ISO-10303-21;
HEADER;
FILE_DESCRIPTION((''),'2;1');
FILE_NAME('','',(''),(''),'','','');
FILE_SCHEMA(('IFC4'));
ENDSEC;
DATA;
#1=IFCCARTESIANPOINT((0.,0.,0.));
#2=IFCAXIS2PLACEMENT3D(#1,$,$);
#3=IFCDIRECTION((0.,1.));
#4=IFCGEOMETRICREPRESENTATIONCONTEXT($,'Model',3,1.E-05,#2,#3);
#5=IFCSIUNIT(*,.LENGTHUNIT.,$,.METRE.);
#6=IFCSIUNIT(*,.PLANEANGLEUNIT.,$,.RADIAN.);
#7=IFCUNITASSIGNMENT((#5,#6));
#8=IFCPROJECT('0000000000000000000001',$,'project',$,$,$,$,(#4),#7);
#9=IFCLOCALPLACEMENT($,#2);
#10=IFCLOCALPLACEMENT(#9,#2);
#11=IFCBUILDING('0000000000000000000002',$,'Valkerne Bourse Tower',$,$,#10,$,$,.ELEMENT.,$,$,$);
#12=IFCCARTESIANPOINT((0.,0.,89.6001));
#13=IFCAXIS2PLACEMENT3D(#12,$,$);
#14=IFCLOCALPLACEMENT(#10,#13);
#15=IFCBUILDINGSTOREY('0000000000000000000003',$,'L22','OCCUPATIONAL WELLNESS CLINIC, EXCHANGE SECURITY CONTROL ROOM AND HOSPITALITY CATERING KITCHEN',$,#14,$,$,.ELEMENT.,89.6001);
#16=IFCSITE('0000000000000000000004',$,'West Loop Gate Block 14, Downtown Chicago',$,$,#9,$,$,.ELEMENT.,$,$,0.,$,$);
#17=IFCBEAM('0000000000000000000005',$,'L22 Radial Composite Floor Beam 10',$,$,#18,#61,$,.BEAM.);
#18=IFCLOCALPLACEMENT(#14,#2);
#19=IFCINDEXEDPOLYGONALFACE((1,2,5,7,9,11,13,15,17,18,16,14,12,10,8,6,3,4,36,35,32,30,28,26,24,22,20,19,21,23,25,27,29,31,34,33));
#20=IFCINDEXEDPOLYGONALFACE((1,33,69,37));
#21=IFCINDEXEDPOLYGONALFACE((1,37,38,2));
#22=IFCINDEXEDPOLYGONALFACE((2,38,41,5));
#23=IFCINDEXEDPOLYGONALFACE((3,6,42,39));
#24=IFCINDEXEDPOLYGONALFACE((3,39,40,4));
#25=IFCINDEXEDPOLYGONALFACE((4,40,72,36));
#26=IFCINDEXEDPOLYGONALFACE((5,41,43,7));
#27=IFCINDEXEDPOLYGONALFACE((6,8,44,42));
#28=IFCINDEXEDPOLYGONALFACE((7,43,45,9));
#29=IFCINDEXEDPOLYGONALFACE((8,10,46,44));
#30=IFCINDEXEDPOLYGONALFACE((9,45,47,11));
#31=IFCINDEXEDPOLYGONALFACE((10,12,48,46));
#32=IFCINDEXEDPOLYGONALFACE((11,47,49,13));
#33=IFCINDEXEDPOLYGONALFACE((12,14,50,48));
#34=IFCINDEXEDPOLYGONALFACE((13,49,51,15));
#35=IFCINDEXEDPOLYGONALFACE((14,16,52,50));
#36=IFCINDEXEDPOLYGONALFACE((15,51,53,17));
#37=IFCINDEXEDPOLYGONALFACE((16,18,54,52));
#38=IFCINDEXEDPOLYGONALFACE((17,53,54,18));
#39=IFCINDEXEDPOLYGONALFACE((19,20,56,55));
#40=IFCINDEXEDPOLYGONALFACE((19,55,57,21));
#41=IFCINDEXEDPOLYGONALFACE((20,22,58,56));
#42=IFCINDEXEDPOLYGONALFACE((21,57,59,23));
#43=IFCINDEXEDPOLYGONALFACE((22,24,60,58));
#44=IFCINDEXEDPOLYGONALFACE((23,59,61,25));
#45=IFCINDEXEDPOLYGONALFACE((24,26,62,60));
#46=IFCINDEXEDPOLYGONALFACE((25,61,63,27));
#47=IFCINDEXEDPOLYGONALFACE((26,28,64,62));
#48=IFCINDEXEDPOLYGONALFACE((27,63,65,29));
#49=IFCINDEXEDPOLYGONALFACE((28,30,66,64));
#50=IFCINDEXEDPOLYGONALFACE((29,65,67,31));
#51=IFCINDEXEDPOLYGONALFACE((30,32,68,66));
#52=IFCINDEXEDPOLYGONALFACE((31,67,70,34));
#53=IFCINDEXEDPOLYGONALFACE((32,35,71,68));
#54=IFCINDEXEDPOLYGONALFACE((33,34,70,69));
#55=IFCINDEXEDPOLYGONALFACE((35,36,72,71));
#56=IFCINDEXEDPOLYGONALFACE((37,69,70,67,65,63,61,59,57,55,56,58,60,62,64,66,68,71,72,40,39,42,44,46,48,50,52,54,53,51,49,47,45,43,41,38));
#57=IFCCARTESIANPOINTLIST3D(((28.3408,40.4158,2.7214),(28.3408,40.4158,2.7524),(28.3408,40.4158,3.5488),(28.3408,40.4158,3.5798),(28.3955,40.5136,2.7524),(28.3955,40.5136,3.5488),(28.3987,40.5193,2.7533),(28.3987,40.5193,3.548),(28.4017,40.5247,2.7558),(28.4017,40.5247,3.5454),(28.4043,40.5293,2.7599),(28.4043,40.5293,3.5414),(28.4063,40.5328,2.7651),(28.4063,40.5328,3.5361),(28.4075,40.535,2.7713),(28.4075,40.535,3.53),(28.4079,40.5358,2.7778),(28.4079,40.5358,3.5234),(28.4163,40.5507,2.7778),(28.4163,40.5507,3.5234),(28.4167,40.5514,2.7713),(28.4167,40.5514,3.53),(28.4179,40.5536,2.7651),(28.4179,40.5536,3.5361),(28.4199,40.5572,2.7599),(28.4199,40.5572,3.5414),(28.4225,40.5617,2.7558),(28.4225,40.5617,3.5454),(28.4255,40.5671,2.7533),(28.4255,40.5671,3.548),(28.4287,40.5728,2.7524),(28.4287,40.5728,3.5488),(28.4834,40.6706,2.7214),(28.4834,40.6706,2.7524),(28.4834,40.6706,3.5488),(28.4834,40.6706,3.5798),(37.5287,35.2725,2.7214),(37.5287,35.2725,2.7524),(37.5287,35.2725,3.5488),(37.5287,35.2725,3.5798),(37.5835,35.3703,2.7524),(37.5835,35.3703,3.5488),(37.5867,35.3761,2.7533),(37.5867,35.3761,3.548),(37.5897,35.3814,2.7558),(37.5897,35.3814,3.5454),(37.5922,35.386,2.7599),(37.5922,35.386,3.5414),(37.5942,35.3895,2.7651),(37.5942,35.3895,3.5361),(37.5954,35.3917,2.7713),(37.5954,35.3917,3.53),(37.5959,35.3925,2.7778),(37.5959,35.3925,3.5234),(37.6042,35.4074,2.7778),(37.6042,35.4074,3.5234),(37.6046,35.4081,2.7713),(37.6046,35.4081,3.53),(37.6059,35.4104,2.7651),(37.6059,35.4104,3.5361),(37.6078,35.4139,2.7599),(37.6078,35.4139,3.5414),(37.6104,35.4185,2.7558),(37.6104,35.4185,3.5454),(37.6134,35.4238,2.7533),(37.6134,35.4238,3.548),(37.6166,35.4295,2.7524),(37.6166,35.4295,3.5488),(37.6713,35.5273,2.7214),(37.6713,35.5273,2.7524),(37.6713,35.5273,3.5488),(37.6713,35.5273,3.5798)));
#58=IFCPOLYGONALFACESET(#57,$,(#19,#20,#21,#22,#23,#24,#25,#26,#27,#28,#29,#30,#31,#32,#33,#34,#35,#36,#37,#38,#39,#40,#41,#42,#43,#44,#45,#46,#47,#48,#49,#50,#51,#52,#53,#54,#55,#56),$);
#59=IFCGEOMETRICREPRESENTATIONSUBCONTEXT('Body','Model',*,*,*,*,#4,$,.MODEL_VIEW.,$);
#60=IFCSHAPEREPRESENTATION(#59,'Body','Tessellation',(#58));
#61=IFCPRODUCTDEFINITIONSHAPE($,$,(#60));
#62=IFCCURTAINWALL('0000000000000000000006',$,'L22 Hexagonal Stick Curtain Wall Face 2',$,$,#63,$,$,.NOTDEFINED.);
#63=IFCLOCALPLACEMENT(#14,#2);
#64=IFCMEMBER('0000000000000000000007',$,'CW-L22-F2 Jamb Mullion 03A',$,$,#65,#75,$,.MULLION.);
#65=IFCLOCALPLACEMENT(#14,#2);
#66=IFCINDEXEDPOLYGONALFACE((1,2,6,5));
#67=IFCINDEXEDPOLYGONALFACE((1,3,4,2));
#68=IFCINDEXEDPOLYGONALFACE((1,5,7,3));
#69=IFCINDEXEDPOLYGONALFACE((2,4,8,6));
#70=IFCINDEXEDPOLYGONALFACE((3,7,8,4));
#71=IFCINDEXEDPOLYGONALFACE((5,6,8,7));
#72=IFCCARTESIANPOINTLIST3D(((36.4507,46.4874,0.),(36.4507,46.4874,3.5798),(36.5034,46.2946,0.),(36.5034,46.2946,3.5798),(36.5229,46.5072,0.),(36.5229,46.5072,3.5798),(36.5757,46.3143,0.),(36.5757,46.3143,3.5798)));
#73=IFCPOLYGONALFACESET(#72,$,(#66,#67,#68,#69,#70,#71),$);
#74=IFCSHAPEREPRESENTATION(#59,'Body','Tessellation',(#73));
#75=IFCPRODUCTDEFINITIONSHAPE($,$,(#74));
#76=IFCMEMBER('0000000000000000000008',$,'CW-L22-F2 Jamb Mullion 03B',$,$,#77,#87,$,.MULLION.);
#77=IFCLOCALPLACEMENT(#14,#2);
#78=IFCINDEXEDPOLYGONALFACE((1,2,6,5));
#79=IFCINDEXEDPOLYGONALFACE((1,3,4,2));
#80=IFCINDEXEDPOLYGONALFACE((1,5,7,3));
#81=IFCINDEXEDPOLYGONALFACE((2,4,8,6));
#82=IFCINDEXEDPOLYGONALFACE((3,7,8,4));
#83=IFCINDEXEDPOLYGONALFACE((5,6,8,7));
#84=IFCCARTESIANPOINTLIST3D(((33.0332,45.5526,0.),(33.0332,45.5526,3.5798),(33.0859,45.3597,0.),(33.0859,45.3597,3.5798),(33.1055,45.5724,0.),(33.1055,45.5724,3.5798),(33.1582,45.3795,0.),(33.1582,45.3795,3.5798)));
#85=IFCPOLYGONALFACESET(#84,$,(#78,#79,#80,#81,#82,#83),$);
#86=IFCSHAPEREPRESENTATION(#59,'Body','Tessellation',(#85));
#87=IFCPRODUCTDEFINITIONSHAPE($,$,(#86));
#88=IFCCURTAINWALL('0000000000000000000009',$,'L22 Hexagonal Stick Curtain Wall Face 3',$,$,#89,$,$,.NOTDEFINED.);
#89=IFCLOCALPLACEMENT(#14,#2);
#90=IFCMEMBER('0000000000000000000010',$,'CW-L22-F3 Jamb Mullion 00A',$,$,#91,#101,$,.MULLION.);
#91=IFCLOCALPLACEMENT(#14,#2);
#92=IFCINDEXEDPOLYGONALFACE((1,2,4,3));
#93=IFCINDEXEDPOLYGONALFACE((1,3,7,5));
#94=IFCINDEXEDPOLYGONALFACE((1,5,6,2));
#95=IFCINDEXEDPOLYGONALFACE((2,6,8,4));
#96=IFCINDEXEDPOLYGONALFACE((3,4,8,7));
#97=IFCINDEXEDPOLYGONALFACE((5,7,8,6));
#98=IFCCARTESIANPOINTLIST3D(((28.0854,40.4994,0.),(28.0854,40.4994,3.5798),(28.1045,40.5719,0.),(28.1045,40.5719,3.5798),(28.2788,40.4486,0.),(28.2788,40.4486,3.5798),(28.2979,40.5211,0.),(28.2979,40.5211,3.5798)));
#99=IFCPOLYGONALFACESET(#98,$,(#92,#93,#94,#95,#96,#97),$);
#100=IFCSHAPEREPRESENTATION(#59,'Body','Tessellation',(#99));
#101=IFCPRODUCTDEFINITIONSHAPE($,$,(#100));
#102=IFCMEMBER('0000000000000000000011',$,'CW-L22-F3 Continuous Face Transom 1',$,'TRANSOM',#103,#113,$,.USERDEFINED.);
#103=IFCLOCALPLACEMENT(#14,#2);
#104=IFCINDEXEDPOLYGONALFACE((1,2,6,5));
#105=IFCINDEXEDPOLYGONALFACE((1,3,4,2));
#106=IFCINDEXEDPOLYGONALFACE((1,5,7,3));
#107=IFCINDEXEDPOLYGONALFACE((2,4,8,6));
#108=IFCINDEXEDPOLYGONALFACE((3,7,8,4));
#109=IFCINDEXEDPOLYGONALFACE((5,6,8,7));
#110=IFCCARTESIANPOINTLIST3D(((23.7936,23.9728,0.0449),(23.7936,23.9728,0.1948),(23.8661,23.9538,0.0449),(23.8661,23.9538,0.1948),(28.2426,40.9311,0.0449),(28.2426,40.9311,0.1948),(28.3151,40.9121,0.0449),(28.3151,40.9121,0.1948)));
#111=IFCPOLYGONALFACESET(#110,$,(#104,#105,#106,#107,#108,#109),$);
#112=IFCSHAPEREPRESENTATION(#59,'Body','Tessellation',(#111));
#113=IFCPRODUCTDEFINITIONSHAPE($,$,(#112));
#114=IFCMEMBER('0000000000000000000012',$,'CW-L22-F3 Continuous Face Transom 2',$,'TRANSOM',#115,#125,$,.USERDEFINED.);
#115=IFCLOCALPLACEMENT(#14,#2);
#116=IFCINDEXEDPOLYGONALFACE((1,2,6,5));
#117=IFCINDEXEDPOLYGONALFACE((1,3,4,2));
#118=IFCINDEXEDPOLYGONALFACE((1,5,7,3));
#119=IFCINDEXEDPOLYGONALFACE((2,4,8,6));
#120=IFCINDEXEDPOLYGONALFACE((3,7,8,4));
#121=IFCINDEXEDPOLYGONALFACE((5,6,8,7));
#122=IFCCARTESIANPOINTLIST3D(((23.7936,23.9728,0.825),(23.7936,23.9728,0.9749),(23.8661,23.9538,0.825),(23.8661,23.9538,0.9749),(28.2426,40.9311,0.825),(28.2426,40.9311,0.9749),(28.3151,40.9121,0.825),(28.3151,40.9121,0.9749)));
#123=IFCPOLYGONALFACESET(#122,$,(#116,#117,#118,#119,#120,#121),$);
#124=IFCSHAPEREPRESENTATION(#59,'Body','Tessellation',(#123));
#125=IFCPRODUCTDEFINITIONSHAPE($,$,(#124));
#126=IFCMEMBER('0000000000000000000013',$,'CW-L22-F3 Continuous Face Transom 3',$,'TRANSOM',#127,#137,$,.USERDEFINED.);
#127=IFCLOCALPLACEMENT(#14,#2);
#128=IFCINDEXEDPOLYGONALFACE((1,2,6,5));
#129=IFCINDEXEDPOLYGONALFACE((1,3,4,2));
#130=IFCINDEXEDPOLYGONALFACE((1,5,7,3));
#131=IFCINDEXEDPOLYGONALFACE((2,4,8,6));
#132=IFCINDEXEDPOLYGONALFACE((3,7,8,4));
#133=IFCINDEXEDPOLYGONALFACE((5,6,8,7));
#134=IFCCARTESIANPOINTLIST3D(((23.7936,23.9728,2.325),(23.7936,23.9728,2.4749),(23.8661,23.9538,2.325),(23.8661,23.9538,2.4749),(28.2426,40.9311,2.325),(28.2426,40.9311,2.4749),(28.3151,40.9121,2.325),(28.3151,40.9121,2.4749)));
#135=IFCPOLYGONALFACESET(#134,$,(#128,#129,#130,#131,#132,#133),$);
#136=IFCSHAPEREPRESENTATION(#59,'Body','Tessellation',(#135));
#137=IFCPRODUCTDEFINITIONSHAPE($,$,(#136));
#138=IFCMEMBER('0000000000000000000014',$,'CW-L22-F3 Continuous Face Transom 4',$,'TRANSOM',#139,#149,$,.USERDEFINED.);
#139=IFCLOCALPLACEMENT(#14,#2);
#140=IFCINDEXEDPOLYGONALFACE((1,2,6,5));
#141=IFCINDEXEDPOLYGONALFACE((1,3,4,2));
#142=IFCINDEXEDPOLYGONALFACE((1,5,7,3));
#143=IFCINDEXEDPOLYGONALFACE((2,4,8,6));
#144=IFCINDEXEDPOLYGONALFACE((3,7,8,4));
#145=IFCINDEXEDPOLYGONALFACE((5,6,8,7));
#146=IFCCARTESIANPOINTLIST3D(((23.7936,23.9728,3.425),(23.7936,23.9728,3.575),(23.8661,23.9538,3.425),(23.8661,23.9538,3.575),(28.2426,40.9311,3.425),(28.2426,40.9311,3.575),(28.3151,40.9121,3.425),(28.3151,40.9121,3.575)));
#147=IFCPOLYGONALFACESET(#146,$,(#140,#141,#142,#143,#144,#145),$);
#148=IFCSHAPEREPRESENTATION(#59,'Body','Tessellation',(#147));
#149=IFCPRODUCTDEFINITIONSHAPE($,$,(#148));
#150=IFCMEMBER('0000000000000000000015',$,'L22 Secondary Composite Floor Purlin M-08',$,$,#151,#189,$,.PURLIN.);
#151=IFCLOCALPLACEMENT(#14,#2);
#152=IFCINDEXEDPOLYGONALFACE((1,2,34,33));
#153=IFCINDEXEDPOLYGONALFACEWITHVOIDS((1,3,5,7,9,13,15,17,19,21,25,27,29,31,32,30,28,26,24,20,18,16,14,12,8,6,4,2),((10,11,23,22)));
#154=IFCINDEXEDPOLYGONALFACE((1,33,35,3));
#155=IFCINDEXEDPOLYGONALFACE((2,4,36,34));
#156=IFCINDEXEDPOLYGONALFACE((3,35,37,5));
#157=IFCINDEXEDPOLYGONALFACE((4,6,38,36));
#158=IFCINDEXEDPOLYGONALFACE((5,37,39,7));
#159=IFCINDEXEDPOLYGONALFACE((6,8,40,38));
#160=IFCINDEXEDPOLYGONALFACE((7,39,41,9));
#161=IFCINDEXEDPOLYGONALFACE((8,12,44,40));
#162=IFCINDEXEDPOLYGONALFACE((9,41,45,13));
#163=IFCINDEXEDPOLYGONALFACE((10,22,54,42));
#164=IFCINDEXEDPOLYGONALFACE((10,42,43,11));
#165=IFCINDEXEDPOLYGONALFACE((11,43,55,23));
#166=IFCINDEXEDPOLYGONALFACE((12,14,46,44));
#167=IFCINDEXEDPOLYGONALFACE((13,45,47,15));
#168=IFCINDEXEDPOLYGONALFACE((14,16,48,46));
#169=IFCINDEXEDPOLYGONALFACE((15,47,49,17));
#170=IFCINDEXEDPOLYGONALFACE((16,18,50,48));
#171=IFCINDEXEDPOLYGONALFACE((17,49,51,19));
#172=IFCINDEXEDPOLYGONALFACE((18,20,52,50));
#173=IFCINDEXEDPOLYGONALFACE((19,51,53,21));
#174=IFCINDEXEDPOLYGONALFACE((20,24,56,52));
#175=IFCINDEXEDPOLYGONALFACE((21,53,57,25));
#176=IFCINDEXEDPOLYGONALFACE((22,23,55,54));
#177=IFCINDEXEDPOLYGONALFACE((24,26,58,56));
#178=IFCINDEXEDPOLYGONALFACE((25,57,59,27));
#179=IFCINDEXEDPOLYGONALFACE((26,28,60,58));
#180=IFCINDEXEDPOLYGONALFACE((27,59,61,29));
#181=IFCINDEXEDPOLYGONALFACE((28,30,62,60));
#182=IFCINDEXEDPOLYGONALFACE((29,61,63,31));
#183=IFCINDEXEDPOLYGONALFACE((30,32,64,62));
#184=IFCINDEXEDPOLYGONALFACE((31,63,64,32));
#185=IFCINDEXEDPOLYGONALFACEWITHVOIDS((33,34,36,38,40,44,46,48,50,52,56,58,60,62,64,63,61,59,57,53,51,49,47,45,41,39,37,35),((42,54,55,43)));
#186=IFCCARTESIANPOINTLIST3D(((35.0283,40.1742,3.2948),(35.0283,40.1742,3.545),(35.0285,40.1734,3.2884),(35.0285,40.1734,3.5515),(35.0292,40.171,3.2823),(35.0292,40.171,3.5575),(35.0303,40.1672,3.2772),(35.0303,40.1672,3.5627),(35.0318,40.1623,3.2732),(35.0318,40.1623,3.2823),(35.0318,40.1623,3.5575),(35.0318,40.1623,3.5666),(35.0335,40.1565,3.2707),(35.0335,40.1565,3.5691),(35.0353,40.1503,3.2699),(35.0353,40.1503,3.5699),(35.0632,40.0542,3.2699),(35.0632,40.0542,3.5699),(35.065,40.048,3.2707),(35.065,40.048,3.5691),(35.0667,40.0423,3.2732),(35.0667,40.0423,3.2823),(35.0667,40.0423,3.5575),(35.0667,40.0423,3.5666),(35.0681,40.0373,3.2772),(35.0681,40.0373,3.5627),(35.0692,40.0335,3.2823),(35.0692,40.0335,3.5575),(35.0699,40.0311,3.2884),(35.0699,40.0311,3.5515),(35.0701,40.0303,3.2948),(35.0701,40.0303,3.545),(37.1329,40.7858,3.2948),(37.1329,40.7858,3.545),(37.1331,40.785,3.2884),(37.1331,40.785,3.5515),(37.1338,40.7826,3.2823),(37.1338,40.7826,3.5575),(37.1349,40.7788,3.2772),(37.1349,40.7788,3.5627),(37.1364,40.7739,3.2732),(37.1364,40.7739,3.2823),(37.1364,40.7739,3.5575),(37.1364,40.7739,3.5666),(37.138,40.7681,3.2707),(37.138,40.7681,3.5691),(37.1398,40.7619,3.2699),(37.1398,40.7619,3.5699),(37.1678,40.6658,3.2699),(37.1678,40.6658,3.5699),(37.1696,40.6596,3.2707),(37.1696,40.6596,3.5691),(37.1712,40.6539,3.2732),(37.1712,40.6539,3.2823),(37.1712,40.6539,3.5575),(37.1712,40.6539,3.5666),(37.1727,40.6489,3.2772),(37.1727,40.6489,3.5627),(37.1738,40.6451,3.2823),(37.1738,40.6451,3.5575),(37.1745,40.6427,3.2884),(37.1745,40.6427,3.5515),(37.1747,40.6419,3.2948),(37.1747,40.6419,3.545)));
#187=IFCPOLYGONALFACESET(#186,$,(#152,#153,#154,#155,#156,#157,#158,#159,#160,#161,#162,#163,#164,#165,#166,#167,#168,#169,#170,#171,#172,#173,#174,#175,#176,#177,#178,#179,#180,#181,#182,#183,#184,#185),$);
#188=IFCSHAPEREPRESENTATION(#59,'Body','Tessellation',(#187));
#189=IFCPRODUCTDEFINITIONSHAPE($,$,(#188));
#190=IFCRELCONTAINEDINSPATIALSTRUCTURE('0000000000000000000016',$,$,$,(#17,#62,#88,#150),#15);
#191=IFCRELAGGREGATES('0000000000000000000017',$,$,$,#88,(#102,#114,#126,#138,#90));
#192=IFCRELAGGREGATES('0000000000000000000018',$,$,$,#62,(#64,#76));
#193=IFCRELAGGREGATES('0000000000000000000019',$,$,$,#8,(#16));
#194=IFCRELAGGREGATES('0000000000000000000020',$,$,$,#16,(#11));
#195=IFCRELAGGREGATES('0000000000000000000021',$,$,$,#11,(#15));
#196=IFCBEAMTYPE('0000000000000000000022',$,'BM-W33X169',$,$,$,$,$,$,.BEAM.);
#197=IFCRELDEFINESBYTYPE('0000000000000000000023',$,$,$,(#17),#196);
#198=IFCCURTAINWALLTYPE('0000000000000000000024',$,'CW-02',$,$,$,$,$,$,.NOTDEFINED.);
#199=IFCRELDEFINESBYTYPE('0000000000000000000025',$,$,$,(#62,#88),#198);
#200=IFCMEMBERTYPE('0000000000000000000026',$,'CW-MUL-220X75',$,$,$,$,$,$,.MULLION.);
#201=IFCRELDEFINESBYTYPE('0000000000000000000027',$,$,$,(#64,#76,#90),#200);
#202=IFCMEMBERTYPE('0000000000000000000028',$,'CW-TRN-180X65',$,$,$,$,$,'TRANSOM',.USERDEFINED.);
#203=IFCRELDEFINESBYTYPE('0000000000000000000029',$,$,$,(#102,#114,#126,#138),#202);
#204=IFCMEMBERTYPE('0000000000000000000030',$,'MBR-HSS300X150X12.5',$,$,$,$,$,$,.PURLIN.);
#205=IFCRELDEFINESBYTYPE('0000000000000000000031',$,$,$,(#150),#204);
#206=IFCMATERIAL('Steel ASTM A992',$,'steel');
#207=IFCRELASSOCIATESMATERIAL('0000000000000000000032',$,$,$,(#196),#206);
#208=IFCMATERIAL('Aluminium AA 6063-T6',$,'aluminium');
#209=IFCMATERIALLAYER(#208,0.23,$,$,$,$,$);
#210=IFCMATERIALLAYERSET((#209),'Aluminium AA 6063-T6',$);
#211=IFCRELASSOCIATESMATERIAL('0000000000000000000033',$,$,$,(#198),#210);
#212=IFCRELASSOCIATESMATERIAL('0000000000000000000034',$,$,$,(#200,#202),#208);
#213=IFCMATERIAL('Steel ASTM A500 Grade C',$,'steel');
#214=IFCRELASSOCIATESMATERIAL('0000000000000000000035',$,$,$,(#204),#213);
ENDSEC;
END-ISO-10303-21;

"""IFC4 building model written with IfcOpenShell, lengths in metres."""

from ifc_helpers import new_model, si_unit, direction, frame, origin, origin_2d, place, context, subcontext, project, spatial, rectangle, hollow_rectangle, i_section, extrude, material, layer, layer_set, material_profile, profile_set, type_object, element, aggregate, save


model = new_model("IFC4")

# Units and contexts
model_context = context("Model", 3, precision=1e-05, world=origin(), true_north=direction((0.0, 1.0)))
body_context = subcontext(model_context, "Body", "Model", "MODEL_VIEW")
ifc_project = project(units=[si_unit("LENGTHUNIT", "METRE"), si_unit("PLANEANGLEUNIT", "RADIAN")], contexts=[model_context])

# Site, building, storey
site_placement = place(None, origin())
site = spatial("IfcSite", under=ifc_project, at=site_placement, Name="West Loop Gate Block 14, Downtown Chicago", CompositionType="ELEMENT", RefElevation=0.0)
building_placement = place(site_placement, origin())
building = spatial("IfcBuilding", under=site, at=building_placement, Name="Valkerne Bourse Tower", CompositionType="ELEMENT")
storey_placement = place(building_placement, frame((0.0, 0.0, 89.6001)))
storey = spatial("IfcBuildingStorey", under=building, at=storey_placement, Name="L22", Description="OCCUPATIONAL WELLNESS CLINIC, EXCHANGE SECURITY CONTROL ROOM AND HOSPITALITY CATERING KITCHEN", CompositionType="ELEMENT", Elevation=89.6001)

# Beam
ifc_material_1 = material(Name="Steel ASTM A992", Category="steel")
ifc_material_profile_1 = material_profile(ifc_material_1, i_section(OverallWidth=0.292, OverallDepth=0.8584, WebThickness=0.0171, FlangeThickness=0.031, FilletRadius=0.0254, at=origin_2d()), Name="W33X169")
ifc_profile_set_1 = profile_set([ifc_material_profile_1], Name="Steel ASTM A992")
beam_type_1 = type_object("IfcBeamType", Name="BM-W33X169", PredefinedType="BEAM", material=ifc_profile_set_1)
beam_1_placement = place(storey_placement, frame((28.4121, 40.5432, 3.1506), z_axis=(0.872585, -0.488461, 0.0), x_axis=(0.488461, 0.872585, 0.0)))
element("IfcBeam", 1, at=beam_1_placement, inside=storey, type_object=beam_type_1, Name="L22 Radial Composite Floor Beam 10", PredefinedType="BEAM", context=body_context, shape_type="SweptSolid", body=[
    extrude(i_section(OverallWidth=0.292, OverallDepth=0.8584, WebThickness=0.0171, FlangeThickness=0.031, FilletRadius=0.0254, at=origin_2d()), origin(), (0.0, 0.0, 1.0), 10.5295),
])

# Curtain walls, members
ifc_material_2 = material(Name="Aluminium AA 6063-T6", Category="aluminium")
ifc_layer_1 = layer(ifc_material_2, 0.23)
ifc_layer_set_1 = layer_set([ifc_layer_1], Name="Aluminium AA 6063-T6")
curtain_wall_type = type_object("IfcCurtainWallType", Name="CW-02", PredefinedType="NOTDEFINED", material=ifc_layer_set_1)
curtain_wall_1_placement = place(storey_placement, origin())
curtain_wall_1 = element("IfcCurtainWall", 2, at=curtain_wall_1_placement, inside=storey, type_object=curtain_wall_type, Name="L22 Hexagonal Stick Curtain Wall Face 2", PredefinedType="NOTDEFINED")
ifc_material_profile_2 = material_profile(ifc_material_2, rectangle(XDim=0.075, YDim=0.2, at=origin_2d()), Name="CWM-75X200")
ifc_profile_set_2 = profile_set([ifc_material_profile_2], Name="Aluminium AA 6063-T6")
member_type_1 = type_object("IfcMemberType", Name="CW-MUL-220X75", PredefinedType="MULLION", material=ifc_profile_set_2)
member_1_placement = place(storey_placement, frame((36.5132, 46.4009, 0.0), z_axis=(0.0, 0.0, 1.0), x_axis=(-0.964556, -0.26388, 0.0)))
member_1 = element("IfcMember", 3, at=member_1_placement, type_object=member_type_1, Name="CW-L22-F2 Jamb Mullion 03A", PredefinedType="MULLION", context=body_context, shape_type="SweptSolid", body=[
    extrude(rectangle(XDim=0.075, YDim=0.2, at=origin_2d()), origin(), (0.0, 0.0, 1.0), 3.5798),
])
member_2_placement = place(storey_placement, frame((33.0957, 45.4661, 0.0), z_axis=(0.0, 0.0, 1.0), x_axis=(-0.964556, -0.26388, 0.0)))
member_2 = element("IfcMember", 4, at=member_2_placement, type_object=member_type_1, Name="CW-L22-F2 Jamb Mullion 03B", PredefinedType="MULLION", context=body_context, shape_type="SweptSolid", body=[
    extrude(rectangle(XDim=0.075, YDim=0.2, at=origin_2d()), origin(), (0.0, 0.0, 1.0), 3.5798),
])
curtain_wall_2_placement = place(storey_placement, origin())
curtain_wall_2 = element("IfcCurtainWall", 5, at=curtain_wall_2_placement, inside=storey, type_object=curtain_wall_type, Name="L22 Hexagonal Stick Curtain Wall Face 3", PredefinedType="NOTDEFINED")
member_3_placement = place(storey_placement, frame((28.1917, 40.5103, 0.0), z_axis=(0.0, 0.0, 1.0), x_axis=(-0.253755, -0.967268, 0.0)))
member_3 = element("IfcMember", 6, at=member_3_placement, type_object=member_type_1, Name="CW-L22-F3 Jamb Mullion 00A", PredefinedType="MULLION", context=body_context, shape_type="SweptSolid", body=[
    extrude(rectangle(XDim=0.075, YDim=0.2, at=origin_2d()), origin(), (0.0, 0.0, 1.0), 3.5798),
])
ifc_material_profile_3 = material_profile(ifc_material_2, rectangle(XDim=0.075, YDim=0.1499, at=origin_2d()), Name="CWT-75X150")
ifc_profile_set_3 = profile_set([ifc_material_profile_3], Name="Aluminium AA 6063-T6")
member_type_2 = type_object("IfcMemberType", Name="CW-TRN-180X65", ElementType="TRANSOM", PredefinedType="USERDEFINED", material=ifc_profile_set_3)
member_4_placement = place(storey_placement, frame((28.2788, 40.9216, 0.1199), z_axis=(-0.253761, -0.967267, 0.0), x_axis=(0.967267, -0.253761, 0.0)))
member_4 = element("IfcMember", 7, at=member_4_placement, type_object=member_type_2, Name="CW-L22-F3 Continuous Face Transom 1", ObjectType="TRANSOM", PredefinedType="USERDEFINED", context=body_context, shape_type="SweptSolid", body=[
    extrude(rectangle(XDim=0.075, YDim=0.1499, at=origin_2d()), origin(), (0.0, 0.0, 1.0), 17.5322),
])
member_5_placement = place(storey_placement, frame((28.2788, 40.9216, 0.8999), z_axis=(-0.253761, -0.967267, 0.0), x_axis=(0.967267, -0.253761, 0.0)))
member_5 = element("IfcMember", 8, at=member_5_placement, type_object=member_type_2, Name="CW-L22-F3 Continuous Face Transom 2", ObjectType="TRANSOM", PredefinedType="USERDEFINED", context=body_context, shape_type="SweptSolid", body=[
    extrude(rectangle(XDim=0.075, YDim=0.1499, at=origin_2d()), origin(), (0.0, 0.0, 1.0), 17.5322),
])
member_6_placement = place(storey_placement, frame((28.2788, 40.9216, 2.3999), z_axis=(-0.253761, -0.967267, 0.0), x_axis=(0.967267, -0.253761, 0.0)))
member_6 = element("IfcMember", 9, at=member_6_placement, type_object=member_type_2, Name="CW-L22-F3 Continuous Face Transom 3", ObjectType="TRANSOM", PredefinedType="USERDEFINED", context=body_context, shape_type="SweptSolid", body=[
    extrude(rectangle(XDim=0.075, YDim=0.1499, at=origin_2d()), origin(), (0.0, 0.0, 1.0), 17.5322),
])
member_7_placement = place(storey_placement, frame((28.2788, 40.9216, 3.5), z_axis=(-0.253761, -0.967267, 0.0), x_axis=(0.967267, -0.253761, 0.0)))
member_7 = element("IfcMember", 10, at=member_7_placement, type_object=member_type_2, Name="CW-L22-F3 Continuous Face Transom 4", ObjectType="TRANSOM", PredefinedType="USERDEFINED", context=body_context, shape_type="SweptSolid", body=[
    extrude(rectangle(XDim=0.075, YDim=0.1499, at=origin_2d()), origin(), (0.0, 0.0, 1.0), 17.5322),
])
aggregate(curtain_wall_2, [member_4, member_5, member_6, member_7, member_3])

# Member
ifc_material_3 = material(Name="Steel ASTM A500 Grade C", Category="steel")
ifc_material_profile_4 = material_profile(ifc_material_3, hollow_rectangle(XDim=0.1499, YDim=0.3, WallThickness=0.0125, OuterFilletRadius=0.0249, at=origin_2d()), Name="HSS300X150X12.5")
ifc_profile_set_4 = profile_set([ifc_material_profile_4], Name="Steel ASTM A500 Grade C")
member_type_3 = type_object("IfcMemberType", Name="MBR-HSS300X150X12.5", PredefinedType="PURLIN", material=ifc_profile_set_4)
member_8_placement = place(storey_placement, frame((37.1538, 40.7139, 3.4199), z_axis=(-0.960274, -0.279059, 0.0), x_axis=(0.279059, -0.960274, 0.0)))
element("IfcMember", 11, at=member_8_placement, inside=storey, type_object=member_type_3, Name="L22 Secondary Composite Floor Purlin M-08", PredefinedType="PURLIN", context=body_context, shape_type="SweptSolid", body=[
    extrude(hollow_rectangle(XDim=0.1499, YDim=0.3, WallThickness=0.0125, OuterFilletRadius=0.0249, at=origin_2d()), origin(), (0.0, 0.0, 1.0), 2.1917),
])

aggregate(curtain_wall_1, [member_1, member_2])

save(model, "model.ifc")
